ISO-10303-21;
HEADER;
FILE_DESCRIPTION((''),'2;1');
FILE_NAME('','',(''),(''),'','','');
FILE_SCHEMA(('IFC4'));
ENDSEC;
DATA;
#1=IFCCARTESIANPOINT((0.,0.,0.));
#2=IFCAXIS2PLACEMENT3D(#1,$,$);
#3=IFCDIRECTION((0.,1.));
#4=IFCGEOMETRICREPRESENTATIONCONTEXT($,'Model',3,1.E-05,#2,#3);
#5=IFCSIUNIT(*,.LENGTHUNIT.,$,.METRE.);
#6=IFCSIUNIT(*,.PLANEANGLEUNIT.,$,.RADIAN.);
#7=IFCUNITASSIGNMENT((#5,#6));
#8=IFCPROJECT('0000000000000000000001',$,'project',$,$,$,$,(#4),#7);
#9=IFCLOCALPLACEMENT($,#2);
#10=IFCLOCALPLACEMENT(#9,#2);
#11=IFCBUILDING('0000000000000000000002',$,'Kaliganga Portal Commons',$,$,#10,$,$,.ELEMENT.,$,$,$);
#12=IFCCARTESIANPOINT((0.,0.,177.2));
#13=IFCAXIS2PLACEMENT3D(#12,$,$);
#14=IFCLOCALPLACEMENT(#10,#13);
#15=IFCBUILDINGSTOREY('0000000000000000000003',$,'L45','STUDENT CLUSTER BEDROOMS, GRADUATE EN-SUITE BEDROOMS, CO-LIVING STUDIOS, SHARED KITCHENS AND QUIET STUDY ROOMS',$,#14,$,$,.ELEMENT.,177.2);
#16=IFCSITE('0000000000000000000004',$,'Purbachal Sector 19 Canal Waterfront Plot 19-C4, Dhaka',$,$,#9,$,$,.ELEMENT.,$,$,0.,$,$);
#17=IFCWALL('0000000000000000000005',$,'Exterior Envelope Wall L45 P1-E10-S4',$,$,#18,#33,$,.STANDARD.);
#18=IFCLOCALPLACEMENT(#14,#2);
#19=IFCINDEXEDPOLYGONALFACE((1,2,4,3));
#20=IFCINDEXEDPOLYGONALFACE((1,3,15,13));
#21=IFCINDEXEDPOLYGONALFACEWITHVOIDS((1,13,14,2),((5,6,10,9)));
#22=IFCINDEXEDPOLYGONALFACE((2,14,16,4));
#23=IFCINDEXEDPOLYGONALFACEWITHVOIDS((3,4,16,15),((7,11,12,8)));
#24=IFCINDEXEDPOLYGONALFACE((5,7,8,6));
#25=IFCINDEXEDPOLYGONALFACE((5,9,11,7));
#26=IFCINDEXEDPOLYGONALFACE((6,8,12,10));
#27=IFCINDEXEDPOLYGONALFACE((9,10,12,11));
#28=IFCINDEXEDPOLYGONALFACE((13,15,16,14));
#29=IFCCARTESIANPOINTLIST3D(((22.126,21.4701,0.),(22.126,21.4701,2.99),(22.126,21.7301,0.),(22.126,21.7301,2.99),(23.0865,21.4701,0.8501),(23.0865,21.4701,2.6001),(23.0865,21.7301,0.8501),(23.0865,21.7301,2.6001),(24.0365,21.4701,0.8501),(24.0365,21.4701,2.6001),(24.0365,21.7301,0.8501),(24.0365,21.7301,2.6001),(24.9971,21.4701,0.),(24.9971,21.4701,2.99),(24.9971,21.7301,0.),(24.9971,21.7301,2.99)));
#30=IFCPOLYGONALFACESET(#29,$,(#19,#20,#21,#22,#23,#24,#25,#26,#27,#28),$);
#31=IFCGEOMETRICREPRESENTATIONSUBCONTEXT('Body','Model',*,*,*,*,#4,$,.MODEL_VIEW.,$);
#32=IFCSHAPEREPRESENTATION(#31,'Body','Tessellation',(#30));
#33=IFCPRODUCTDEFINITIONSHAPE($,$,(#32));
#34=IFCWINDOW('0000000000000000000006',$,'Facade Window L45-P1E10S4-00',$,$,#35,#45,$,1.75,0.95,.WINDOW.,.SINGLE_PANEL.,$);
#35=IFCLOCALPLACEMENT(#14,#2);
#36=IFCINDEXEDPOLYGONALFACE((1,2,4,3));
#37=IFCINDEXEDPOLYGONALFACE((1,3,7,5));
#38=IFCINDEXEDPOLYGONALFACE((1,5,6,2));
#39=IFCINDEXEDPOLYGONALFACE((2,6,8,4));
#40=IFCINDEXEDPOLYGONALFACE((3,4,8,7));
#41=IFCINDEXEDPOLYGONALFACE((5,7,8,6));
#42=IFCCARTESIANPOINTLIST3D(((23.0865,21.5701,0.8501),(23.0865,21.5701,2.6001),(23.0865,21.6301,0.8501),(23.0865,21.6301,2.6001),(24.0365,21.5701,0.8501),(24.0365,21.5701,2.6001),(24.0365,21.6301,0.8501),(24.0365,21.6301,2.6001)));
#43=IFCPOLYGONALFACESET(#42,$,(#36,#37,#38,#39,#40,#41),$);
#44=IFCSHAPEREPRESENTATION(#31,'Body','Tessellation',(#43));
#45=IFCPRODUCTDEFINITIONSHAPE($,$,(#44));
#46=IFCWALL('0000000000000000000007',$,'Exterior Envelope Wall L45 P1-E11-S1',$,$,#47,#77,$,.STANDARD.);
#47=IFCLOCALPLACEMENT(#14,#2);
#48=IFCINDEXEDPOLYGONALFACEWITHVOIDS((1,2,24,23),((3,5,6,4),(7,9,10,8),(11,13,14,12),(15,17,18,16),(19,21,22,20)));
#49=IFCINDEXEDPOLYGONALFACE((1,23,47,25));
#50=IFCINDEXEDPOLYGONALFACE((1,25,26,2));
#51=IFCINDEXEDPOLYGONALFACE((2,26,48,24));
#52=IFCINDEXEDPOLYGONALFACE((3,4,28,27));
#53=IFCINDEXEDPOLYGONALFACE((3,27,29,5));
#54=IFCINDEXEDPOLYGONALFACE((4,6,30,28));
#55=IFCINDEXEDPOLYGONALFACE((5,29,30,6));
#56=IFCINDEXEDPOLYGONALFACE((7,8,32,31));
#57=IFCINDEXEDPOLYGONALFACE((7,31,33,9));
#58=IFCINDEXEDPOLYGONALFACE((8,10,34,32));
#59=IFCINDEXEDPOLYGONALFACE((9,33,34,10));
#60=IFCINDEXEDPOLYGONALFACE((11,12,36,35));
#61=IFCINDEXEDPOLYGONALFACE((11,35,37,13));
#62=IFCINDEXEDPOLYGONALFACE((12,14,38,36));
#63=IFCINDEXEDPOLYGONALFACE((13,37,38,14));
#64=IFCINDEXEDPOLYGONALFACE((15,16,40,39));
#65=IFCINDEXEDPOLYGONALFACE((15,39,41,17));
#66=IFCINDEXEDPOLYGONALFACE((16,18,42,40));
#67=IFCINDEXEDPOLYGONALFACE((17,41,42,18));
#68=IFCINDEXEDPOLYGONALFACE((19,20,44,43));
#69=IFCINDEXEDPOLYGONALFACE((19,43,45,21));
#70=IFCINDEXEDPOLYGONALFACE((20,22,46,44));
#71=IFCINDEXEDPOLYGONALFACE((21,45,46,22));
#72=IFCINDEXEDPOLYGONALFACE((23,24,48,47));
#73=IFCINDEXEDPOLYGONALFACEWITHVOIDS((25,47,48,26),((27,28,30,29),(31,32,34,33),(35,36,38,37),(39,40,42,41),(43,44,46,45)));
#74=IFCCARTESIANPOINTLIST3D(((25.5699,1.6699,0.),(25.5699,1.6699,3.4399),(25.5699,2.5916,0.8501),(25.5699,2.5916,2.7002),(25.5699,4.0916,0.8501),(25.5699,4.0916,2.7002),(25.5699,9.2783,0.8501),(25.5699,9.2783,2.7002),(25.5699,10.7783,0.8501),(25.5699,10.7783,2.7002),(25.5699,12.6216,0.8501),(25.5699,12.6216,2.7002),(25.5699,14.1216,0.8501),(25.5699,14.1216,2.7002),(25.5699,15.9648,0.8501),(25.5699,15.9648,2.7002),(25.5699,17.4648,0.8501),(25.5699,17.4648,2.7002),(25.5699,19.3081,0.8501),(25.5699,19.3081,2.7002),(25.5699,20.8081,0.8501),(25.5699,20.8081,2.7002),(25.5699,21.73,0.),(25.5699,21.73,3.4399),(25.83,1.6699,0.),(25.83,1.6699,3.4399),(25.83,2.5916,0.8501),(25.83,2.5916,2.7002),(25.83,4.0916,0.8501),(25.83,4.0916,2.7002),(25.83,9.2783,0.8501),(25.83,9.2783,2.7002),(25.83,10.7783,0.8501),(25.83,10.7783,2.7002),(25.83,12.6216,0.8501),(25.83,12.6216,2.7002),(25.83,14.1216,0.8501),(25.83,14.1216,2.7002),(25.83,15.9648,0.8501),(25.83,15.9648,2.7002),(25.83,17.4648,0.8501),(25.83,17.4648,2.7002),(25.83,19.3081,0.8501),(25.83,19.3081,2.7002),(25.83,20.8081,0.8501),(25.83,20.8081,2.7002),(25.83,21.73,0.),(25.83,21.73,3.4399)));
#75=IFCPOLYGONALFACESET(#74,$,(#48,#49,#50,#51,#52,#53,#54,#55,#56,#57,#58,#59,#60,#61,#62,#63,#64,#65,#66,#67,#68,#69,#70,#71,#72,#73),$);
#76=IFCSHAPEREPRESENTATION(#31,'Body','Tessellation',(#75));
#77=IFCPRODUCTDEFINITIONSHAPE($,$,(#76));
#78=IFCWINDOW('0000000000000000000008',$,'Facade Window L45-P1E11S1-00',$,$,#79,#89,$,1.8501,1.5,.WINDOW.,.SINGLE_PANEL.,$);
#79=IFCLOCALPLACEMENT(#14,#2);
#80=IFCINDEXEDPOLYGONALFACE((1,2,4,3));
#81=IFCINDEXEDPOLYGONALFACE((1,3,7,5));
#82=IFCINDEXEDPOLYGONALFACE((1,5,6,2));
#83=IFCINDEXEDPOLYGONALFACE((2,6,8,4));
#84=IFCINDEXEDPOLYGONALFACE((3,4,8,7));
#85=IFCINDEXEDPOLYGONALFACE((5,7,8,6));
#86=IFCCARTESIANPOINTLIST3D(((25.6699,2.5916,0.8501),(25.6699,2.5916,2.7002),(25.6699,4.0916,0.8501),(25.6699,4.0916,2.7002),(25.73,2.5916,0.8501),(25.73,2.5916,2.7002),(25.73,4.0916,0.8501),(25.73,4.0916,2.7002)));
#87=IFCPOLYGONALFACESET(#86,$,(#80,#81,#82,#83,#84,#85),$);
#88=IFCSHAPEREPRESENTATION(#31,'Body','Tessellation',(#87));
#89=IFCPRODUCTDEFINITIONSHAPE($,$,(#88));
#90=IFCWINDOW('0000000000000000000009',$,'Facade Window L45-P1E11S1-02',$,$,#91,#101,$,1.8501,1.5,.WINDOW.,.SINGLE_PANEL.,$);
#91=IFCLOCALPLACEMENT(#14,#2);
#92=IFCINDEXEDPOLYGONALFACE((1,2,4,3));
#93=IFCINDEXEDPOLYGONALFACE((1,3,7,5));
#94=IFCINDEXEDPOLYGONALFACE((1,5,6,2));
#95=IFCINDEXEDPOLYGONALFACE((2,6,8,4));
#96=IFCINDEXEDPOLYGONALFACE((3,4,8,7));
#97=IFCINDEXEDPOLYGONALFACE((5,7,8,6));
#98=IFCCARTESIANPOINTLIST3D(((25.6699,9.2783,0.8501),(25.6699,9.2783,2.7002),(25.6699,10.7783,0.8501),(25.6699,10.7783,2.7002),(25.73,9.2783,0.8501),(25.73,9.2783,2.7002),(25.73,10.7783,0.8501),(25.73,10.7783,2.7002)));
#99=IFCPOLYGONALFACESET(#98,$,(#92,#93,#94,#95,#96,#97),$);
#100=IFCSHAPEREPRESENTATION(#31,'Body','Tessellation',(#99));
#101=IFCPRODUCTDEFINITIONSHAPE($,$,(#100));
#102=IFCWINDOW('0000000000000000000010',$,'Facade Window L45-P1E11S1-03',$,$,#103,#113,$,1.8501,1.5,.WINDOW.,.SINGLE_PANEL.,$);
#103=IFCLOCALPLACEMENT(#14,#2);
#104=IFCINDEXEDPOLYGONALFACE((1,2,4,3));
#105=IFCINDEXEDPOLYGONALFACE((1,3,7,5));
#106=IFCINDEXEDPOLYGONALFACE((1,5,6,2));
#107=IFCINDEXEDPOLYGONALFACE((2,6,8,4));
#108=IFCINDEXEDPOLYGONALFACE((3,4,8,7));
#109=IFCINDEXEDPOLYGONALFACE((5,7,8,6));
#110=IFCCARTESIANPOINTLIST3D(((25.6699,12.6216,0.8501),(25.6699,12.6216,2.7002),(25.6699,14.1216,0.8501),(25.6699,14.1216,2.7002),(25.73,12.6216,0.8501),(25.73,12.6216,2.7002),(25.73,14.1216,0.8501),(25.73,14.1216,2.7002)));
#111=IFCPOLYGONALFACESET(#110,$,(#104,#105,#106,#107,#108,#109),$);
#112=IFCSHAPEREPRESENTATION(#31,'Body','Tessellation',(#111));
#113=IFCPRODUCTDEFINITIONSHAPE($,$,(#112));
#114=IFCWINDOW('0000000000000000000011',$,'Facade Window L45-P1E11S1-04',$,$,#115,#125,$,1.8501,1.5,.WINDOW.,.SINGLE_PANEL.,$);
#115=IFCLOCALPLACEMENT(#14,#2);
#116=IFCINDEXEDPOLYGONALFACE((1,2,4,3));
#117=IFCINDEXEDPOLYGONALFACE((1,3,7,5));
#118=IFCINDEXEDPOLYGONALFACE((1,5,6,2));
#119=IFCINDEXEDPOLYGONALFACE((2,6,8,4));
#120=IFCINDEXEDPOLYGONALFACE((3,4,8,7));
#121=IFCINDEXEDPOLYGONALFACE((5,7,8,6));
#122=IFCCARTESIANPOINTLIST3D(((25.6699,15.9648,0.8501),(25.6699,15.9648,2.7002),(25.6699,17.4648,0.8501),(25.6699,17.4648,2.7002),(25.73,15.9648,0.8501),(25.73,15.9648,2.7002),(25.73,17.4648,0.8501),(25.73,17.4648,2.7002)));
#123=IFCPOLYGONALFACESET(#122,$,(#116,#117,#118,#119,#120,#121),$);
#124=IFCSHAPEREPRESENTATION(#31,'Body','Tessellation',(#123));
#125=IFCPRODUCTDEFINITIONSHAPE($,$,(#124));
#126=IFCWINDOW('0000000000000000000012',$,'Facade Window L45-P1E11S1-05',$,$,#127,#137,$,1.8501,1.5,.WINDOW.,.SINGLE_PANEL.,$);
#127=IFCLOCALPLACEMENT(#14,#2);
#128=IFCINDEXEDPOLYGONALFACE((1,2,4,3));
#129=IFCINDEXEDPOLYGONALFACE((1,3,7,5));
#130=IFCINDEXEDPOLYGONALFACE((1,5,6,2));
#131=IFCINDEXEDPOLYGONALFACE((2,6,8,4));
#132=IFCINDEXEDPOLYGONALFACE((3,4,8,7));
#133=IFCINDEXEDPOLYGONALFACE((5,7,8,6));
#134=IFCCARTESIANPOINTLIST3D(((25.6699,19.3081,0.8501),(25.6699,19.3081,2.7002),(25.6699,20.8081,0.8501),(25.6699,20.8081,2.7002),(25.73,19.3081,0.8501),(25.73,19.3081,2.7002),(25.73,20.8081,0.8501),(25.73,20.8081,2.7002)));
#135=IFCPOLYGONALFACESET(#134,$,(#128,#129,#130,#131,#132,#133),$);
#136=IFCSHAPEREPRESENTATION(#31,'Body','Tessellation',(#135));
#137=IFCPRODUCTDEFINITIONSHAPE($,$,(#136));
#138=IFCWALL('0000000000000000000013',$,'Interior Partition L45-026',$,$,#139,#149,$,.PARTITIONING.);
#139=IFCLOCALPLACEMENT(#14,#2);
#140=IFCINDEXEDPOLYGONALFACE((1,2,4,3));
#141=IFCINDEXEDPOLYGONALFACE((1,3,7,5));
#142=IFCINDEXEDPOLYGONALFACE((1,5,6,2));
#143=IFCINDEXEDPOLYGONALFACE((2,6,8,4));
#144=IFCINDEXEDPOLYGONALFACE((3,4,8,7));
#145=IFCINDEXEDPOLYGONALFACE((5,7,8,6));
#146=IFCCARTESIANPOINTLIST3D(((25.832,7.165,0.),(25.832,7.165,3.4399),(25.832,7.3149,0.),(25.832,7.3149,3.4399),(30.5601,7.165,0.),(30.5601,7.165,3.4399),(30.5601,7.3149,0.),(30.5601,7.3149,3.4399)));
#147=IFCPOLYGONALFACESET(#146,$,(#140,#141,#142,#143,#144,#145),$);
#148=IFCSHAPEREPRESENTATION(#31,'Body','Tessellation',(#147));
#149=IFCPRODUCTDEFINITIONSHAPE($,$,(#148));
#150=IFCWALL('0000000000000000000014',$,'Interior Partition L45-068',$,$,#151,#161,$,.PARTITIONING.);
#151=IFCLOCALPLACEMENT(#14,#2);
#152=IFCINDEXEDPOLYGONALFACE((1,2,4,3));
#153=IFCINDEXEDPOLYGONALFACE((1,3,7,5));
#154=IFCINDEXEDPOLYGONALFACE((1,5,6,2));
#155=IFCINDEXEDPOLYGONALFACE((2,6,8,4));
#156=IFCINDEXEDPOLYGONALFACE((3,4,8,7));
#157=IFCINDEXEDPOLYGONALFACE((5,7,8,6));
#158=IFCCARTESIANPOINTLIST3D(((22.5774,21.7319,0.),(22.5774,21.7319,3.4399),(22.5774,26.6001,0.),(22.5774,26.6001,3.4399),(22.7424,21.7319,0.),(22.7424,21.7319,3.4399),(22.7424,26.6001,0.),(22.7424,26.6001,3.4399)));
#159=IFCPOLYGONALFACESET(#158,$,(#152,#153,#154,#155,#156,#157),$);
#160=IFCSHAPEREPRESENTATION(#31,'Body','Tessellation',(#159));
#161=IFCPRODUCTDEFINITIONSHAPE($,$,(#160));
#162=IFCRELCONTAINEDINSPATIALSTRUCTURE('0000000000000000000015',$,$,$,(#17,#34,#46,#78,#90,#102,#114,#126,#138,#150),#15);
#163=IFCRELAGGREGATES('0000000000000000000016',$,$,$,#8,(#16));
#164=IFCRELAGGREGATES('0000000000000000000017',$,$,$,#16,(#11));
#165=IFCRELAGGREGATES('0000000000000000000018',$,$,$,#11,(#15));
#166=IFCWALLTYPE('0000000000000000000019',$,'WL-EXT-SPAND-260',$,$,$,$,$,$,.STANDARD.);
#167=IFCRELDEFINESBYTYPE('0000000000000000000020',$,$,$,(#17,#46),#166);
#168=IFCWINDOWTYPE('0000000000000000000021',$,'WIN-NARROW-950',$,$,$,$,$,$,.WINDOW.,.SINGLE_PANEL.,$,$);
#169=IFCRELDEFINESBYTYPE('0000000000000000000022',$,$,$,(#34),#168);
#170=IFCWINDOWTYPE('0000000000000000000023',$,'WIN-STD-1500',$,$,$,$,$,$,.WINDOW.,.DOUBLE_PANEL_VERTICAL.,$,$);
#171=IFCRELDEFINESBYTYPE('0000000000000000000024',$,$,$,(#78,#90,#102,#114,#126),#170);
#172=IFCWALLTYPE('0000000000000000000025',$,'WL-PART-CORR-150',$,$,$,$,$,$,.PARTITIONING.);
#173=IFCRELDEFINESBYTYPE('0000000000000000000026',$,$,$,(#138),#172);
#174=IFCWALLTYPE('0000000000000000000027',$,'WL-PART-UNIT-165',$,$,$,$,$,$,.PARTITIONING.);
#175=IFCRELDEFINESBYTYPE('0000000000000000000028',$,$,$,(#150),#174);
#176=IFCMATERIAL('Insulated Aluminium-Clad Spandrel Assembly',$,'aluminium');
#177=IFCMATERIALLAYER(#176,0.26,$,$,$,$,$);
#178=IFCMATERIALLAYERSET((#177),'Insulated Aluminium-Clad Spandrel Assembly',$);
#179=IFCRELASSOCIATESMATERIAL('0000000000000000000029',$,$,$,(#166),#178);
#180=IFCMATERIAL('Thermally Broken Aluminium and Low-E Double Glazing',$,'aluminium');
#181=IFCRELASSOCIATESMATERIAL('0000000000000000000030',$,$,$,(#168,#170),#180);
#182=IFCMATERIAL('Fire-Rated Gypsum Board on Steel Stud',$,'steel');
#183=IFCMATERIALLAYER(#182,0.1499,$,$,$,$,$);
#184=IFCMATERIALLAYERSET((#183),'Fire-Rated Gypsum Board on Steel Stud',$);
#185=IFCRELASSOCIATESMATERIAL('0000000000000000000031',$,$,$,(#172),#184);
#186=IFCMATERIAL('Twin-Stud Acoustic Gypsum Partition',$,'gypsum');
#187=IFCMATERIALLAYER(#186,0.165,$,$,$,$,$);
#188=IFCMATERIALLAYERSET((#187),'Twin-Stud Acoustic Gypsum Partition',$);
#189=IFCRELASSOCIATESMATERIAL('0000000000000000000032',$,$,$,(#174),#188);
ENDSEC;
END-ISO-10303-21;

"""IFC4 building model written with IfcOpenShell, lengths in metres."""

from ifc_helpers import new_model, si_unit, direction, frame, frame_2d, origin, place, context, subcontext, project, spatial, rectangle, extrude, material, layer, layer_set, type_object, element, fill, save


model = new_model("IFC4")

# Units and contexts
model_context = context("Model", 3, precision=1e-05, world=origin(), true_north=direction((0.0, 1.0)))
body_context = subcontext(model_context, "Body", "Model", "MODEL_VIEW")
ifc_project = project(units=[si_unit("LENGTHUNIT", "METRE"), si_unit("PLANEANGLEUNIT", "RADIAN")], contexts=[model_context])

# Site, building, storey
site_placement = place(None, origin())
site = spatial("IfcSite", under=ifc_project, at=site_placement, Name="Purbachal Sector 19 Canal Waterfront Plot 19-C4, Dhaka", CompositionType="ELEMENT", RefElevation=0.0)
building_placement = place(site_placement, origin())
building = spatial("IfcBuilding", under=site, at=building_placement, Name="Kaliganga Portal Commons", CompositionType="ELEMENT")
storey_placement = place(building_placement, frame((0.0, 0.0, 177.2)))
storey = spatial("IfcBuildingStorey", under=building, at=storey_placement, Name="L45", Description="STUDENT CLUSTER BEDROOMS, GRADUATE EN-SUITE BEDROOMS, CO-LIVING STUDIOS, SHARED KITCHENS AND QUIET STUDY ROOMS", CompositionType="ELEMENT", Elevation=177.2)

# Wall, opening, window
ifc_material_1 = material(Name="Insulated Aluminium-Clad Spandrel Assembly", Category="aluminium")
ifc_layer_1 = layer(ifc_material_1, 0.26)
ifc_layer_set_1 = layer_set([ifc_layer_1], Name="Insulated Aluminium-Clad Spandrel Assembly")
wall_type_1 = type_object("IfcWallType", Name="WL-EXT-SPAND-260", PredefinedType="STANDARD", material=ifc_layer_set_1)
ifc_material_2 = material(Name="Thermally Broken Aluminium and Low-E Double Glazing", Category="aluminium")
window_type_1 = type_object("IfcWindowType", Name="WIN-NARROW-950", PartitioningType="SINGLE_PANEL", PredefinedType="WINDOW", material=ifc_material_2)
wall_1_placement = place(storey_placement, frame((24.9971, 21.6001, 0.0), z_axis=(0.0, 0.0, 1.0), x_axis=(-1.0, 0.0, 0.0)))
wall_1 = element("IfcWall", 1, at=wall_1_placement, inside=storey, type_object=wall_type_1, Name="Exterior Envelope Wall L45 P1-E10-S4", PredefinedType="STANDARD", context=body_context, shape_type="SweptSolid", body=[
    extrude(rectangle(XDim=2.8711, YDim=0.26, at=frame_2d((1.4355, 0.0))), origin(), (0.0, 0.0, 1.0), 2.99),
])
opening_1_placement = place(wall_1_placement, frame((0.9604, 0.0, 0.8501)))
opening_1 = element("IfcOpeningElement", 2, at=opening_1_placement, cuts=wall_1, PredefinedType="OPENING", context=body_context, shape_type="SweptSolid", body=[
    extrude(rectangle(XDim=0.95, YDim=1.75, at=frame_2d((0.4751, 0.875))), frame((0.0, 0.1401, 0.0), z_axis=(0.0, -1.0, 0.0), x_axis=(1.0, 0.0, 0.0)), (0.0, 0.0, 1.0), 0.28),
])
window_1_placement = place(opening_1_placement, origin())
window_1 = element("IfcWindow", 3, at=window_1_placement, inside=storey, type_object=window_type_1, Name="Facade Window L45-P1E10S4-00", OverallHeight=1.75, OverallWidth=0.95, PartitioningType="SINGLE_PANEL", PredefinedType="WINDOW", context=body_context, shape_type="SweptSolid", body=[
    extrude(rectangle(XDim=0.95, YDim=1.75, at=frame_2d((0.4751, 0.875))), frame((0.0, 0.03, 0.0), z_axis=(0.0, -1.0, 0.0), x_axis=(1.0, 0.0, 0.0)), (0.0, 0.0, 1.0), 0.0601),
])
fill(opening_1, window_1)

# Wall, openings, windows
wall_2_placement = place(storey_placement, frame((25.7, 1.6699, 0.0), z_axis=(0.0, 0.0, 1.0), x_axis=(0.0, 1.0, 0.0)))
wall_2 = element("IfcWall", 4, at=wall_2_placement, inside=storey, type_object=wall_type_1, Name="Exterior Envelope Wall L45 P1-E11-S1", PredefinedType="STANDARD", context=body_context, shape_type="SweptSolid", body=[
    extrude(rectangle(XDim=20.0601, YDim=0.26, at=frame_2d((10.03, 0.0))), origin(), (0.0, 0.0, 1.0), 3.4399),
])
opening_2_placement = place(wall_2_placement, frame((0.9216, 0.0, 0.8501)))
opening_2 = element("IfcOpeningElement", 5, at=opening_2_placement, cuts=wall_2, PredefinedType="OPENING", context=body_context, shape_type="SweptSolid", body=[
    extrude(rectangle(XDim=1.5, YDim=1.8501, at=frame_2d((0.75, 0.925))), frame((0.0, 0.1401, 0.0), z_axis=(0.0, -1.0, 0.0), x_axis=(1.0, 0.0, 0.0)), (0.0, 0.0, 1.0), 0.28),
])
opening_3_placement = place(wall_2_placement, frame((7.6084, 0.0, 0.8501)))
opening_3 = element("IfcOpeningElement", 6, at=opening_3_placement, cuts=wall_2, PredefinedType="OPENING", context=body_context, shape_type="SweptSolid", body=[
    extrude(rectangle(XDim=1.5, YDim=1.8501, at=frame_2d((0.75, 0.925))), frame((0.0, 0.1401, 0.0), z_axis=(0.0, -1.0, 0.0), x_axis=(1.0, 0.0, 0.0)), (0.0, 0.0, 1.0), 0.28),
])
opening_4_placement = place(wall_2_placement, frame((10.9517, 0.0, 0.8501)))
opening_4 = element("IfcOpeningElement", 7, at=opening_4_placement, cuts=wall_2, PredefinedType="OPENING", context=body_context, shape_type="SweptSolid", body=[
    extrude(rectangle(XDim=1.5, YDim=1.8501, at=frame_2d((0.75, 0.925))), frame((0.0, 0.1401, 0.0), z_axis=(0.0, -1.0, 0.0), x_axis=(1.0, 0.0, 0.0)), (0.0, 0.0, 1.0), 0.28),
])
opening_5_placement = place(wall_2_placement, frame((14.2949, 0.0, 0.8501)))
opening_5 = element("IfcOpeningElement", 8, at=opening_5_placement, cuts=wall_2, PredefinedType="OPENING", context=body_context, shape_type="SweptSolid", body=[
    extrude(rectangle(XDim=1.5, YDim=1.8501, at=frame_2d((0.75, 0.925))), frame((0.0, 0.1401, 0.0), z_axis=(0.0, -1.0, 0.0), x_axis=(1.0, 0.0, 0.0)), (0.0, 0.0, 1.0), 0.28),
])
opening_6_placement = place(wall_2_placement, frame((17.6382, 0.0, 0.8501)))
opening_6 = element("IfcOpeningElement", 9, at=opening_6_placement, cuts=wall_2, PredefinedType="OPENING", context=body_context, shape_type="SweptSolid", body=[
    extrude(rectangle(XDim=1.5, YDim=1.8501, at=frame_2d((0.75, 0.925))), frame((0.0, 0.1401, 0.0), z_axis=(0.0, -1.0, 0.0), x_axis=(1.0, 0.0, 0.0)), (0.0, 0.0, 1.0), 0.28),
])
window_type_2 = type_object("IfcWindowType", Name="WIN-STD-1500", PartitioningType="DOUBLE_PANEL_VERTICAL", PredefinedType="WINDOW", material=ifc_material_2)
window_2_placement = place(opening_2_placement, origin())
window_2 = element("IfcWindow", 10, at=window_2_placement, inside=storey, type_object=window_type_2, Name="Facade Window L45-P1E11S1-00", OverallHeight=1.8501, OverallWidth=1.5, PartitioningType="SINGLE_PANEL", PredefinedType="WINDOW", context=body_context, shape_type="SweptSolid", body=[
    extrude(rectangle(XDim=1.5, YDim=1.8501, at=frame_2d((0.75, 0.925))), frame((0.0, 0.03, 0.0), z_axis=(0.0, -1.0, 0.0), x_axis=(1.0, 0.0, 0.0)), (0.0, 0.0, 1.0), 0.0601),
])
fill(opening_2, window_2)
window_3_placement = place(opening_3_placement, origin())
window_3 = element("IfcWindow", 11, at=window_3_placement, inside=storey, type_object=window_type_2, Name="Facade Window L45-P1E11S1-02", OverallHeight=1.8501, OverallWidth=1.5, PartitioningType="SINGLE_PANEL", PredefinedType="WINDOW", context=body_context, shape_type="SweptSolid", body=[
    extrude(rectangle(XDim=1.5, YDim=1.8501, at=frame_2d((0.75, 0.925))), frame((0.0, 0.03, 0.0), z_axis=(0.0, -1.0, 0.0), x_axis=(1.0, 0.0, 0.0)), (0.0, 0.0, 1.0), 0.0601),
])
fill(opening_3, window_3)
window_4_placement = place(opening_4_placement, origin())
window_4 = element("IfcWindow", 12, at=window_4_placement, inside=storey, type_object=window_type_2, Name="Facade Window L45-P1E11S1-03", OverallHeight=1.8501, OverallWidth=1.5, PartitioningType="SINGLE_PANEL", PredefinedType="WINDOW", context=body_context, shape_type="SweptSolid", body=[
    extrude(rectangle(XDim=1.5, YDim=1.8501, at=frame_2d((0.75, 0.925))), frame((0.0, 0.03, 0.0), z_axis=(0.0, -1.0, 0.0), x_axis=(1.0, 0.0, 0.0)), (0.0, 0.0, 1.0), 0.0601),
])
fill(opening_4, window_4)
window_5_placement = place(opening_5_placement, origin())
window_5 = element("IfcWindow", 13, at=window_5_placement, inside=storey, type_object=window_type_2, Name="Facade Window L45-P1E11S1-04", OverallHeight=1.8501, OverallWidth=1.5, PartitioningType="SINGLE_PANEL", PredefinedType="WINDOW", context=body_context, shape_type="SweptSolid", body=[
    extrude(rectangle(XDim=1.5, YDim=1.8501, at=frame_2d((0.75, 0.925))), frame((0.0, 0.03, 0.0), z_axis=(0.0, -1.0, 0.0), x_axis=(1.0, 0.0, 0.0)), (0.0, 0.0, 1.0), 0.0601),
])
fill(opening_5, window_5)
window_6_placement = place(opening_6_placement, origin())
window_6 = element("IfcWindow", 14, at=window_6_placement, inside=storey, type_object=window_type_2, Name="Facade Window L45-P1E11S1-05", OverallHeight=1.8501, OverallWidth=1.5, PartitioningType="SINGLE_PANEL", PredefinedType="WINDOW", context=body_context, shape_type="SweptSolid", body=[
    extrude(rectangle(XDim=1.5, YDim=1.8501, at=frame_2d((0.75, 0.925))), frame((0.0, 0.03, 0.0), z_axis=(0.0, -1.0, 0.0), x_axis=(1.0, 0.0, 0.0)), (0.0, 0.0, 1.0), 0.0601),
])
fill(opening_6, window_6)

# Walls
ifc_material_3 = material(Name="Fire-Rated Gypsum Board on Steel Stud", Category="steel")
ifc_layer_2 = layer(ifc_material_3, 0.1499)
ifc_layer_set_2 = layer_set([ifc_layer_2], Name="Fire-Rated Gypsum Board on Steel Stud")
wall_type_2 = type_object("IfcWallType", Name="WL-PART-CORR-150", PredefinedType="PARTITIONING", material=ifc_layer_set_2)
wall_3_placement = place(storey_placement, frame((25.832, 7.24, 0.0), z_axis=(0.0, 0.0, 1.0), x_axis=(1.0, 0.0, 0.0)))
element("IfcWall", 15, at=wall_3_placement, inside=storey, type_object=wall_type_2, Name="Interior Partition L45-026", PredefinedType="PARTITIONING", context=body_context, shape_type="SweptSolid", body=[
    extrude(rectangle(XDim=4.728, YDim=0.1499, at=frame_2d((2.364, 0.0))), origin(), (0.0, 0.0, 1.0), 3.4399),
])
ifc_material_4 = material(Name="Twin-Stud Acoustic Gypsum Partition", Category="gypsum")
ifc_layer_3 = layer(ifc_material_4, 0.165)
ifc_layer_set_3 = layer_set([ifc_layer_3], Name="Twin-Stud Acoustic Gypsum Partition")
wall_type_3 = type_object("IfcWallType", Name="WL-PART-UNIT-165", PredefinedType="PARTITIONING", material=ifc_layer_set_3)
wall_4_placement = place(storey_placement, frame((22.6599, 21.7319, 0.0), z_axis=(0.0, 0.0, 1.0), x_axis=(0.0, 1.0, 0.0)))
element("IfcWall", 16, at=wall_4_placement, inside=storey, type_object=wall_type_3, Name="Interior Partition L45-068", PredefinedType="PARTITIONING", context=body_context, shape_type="SweptSolid", body=[
    extrude(rectangle(XDim=4.8682, YDim=0.165, at=frame_2d((2.4341, 0.0))), origin(), (0.0, 0.0, 1.0), 3.4399),
])

save(model, "model.ifc")
